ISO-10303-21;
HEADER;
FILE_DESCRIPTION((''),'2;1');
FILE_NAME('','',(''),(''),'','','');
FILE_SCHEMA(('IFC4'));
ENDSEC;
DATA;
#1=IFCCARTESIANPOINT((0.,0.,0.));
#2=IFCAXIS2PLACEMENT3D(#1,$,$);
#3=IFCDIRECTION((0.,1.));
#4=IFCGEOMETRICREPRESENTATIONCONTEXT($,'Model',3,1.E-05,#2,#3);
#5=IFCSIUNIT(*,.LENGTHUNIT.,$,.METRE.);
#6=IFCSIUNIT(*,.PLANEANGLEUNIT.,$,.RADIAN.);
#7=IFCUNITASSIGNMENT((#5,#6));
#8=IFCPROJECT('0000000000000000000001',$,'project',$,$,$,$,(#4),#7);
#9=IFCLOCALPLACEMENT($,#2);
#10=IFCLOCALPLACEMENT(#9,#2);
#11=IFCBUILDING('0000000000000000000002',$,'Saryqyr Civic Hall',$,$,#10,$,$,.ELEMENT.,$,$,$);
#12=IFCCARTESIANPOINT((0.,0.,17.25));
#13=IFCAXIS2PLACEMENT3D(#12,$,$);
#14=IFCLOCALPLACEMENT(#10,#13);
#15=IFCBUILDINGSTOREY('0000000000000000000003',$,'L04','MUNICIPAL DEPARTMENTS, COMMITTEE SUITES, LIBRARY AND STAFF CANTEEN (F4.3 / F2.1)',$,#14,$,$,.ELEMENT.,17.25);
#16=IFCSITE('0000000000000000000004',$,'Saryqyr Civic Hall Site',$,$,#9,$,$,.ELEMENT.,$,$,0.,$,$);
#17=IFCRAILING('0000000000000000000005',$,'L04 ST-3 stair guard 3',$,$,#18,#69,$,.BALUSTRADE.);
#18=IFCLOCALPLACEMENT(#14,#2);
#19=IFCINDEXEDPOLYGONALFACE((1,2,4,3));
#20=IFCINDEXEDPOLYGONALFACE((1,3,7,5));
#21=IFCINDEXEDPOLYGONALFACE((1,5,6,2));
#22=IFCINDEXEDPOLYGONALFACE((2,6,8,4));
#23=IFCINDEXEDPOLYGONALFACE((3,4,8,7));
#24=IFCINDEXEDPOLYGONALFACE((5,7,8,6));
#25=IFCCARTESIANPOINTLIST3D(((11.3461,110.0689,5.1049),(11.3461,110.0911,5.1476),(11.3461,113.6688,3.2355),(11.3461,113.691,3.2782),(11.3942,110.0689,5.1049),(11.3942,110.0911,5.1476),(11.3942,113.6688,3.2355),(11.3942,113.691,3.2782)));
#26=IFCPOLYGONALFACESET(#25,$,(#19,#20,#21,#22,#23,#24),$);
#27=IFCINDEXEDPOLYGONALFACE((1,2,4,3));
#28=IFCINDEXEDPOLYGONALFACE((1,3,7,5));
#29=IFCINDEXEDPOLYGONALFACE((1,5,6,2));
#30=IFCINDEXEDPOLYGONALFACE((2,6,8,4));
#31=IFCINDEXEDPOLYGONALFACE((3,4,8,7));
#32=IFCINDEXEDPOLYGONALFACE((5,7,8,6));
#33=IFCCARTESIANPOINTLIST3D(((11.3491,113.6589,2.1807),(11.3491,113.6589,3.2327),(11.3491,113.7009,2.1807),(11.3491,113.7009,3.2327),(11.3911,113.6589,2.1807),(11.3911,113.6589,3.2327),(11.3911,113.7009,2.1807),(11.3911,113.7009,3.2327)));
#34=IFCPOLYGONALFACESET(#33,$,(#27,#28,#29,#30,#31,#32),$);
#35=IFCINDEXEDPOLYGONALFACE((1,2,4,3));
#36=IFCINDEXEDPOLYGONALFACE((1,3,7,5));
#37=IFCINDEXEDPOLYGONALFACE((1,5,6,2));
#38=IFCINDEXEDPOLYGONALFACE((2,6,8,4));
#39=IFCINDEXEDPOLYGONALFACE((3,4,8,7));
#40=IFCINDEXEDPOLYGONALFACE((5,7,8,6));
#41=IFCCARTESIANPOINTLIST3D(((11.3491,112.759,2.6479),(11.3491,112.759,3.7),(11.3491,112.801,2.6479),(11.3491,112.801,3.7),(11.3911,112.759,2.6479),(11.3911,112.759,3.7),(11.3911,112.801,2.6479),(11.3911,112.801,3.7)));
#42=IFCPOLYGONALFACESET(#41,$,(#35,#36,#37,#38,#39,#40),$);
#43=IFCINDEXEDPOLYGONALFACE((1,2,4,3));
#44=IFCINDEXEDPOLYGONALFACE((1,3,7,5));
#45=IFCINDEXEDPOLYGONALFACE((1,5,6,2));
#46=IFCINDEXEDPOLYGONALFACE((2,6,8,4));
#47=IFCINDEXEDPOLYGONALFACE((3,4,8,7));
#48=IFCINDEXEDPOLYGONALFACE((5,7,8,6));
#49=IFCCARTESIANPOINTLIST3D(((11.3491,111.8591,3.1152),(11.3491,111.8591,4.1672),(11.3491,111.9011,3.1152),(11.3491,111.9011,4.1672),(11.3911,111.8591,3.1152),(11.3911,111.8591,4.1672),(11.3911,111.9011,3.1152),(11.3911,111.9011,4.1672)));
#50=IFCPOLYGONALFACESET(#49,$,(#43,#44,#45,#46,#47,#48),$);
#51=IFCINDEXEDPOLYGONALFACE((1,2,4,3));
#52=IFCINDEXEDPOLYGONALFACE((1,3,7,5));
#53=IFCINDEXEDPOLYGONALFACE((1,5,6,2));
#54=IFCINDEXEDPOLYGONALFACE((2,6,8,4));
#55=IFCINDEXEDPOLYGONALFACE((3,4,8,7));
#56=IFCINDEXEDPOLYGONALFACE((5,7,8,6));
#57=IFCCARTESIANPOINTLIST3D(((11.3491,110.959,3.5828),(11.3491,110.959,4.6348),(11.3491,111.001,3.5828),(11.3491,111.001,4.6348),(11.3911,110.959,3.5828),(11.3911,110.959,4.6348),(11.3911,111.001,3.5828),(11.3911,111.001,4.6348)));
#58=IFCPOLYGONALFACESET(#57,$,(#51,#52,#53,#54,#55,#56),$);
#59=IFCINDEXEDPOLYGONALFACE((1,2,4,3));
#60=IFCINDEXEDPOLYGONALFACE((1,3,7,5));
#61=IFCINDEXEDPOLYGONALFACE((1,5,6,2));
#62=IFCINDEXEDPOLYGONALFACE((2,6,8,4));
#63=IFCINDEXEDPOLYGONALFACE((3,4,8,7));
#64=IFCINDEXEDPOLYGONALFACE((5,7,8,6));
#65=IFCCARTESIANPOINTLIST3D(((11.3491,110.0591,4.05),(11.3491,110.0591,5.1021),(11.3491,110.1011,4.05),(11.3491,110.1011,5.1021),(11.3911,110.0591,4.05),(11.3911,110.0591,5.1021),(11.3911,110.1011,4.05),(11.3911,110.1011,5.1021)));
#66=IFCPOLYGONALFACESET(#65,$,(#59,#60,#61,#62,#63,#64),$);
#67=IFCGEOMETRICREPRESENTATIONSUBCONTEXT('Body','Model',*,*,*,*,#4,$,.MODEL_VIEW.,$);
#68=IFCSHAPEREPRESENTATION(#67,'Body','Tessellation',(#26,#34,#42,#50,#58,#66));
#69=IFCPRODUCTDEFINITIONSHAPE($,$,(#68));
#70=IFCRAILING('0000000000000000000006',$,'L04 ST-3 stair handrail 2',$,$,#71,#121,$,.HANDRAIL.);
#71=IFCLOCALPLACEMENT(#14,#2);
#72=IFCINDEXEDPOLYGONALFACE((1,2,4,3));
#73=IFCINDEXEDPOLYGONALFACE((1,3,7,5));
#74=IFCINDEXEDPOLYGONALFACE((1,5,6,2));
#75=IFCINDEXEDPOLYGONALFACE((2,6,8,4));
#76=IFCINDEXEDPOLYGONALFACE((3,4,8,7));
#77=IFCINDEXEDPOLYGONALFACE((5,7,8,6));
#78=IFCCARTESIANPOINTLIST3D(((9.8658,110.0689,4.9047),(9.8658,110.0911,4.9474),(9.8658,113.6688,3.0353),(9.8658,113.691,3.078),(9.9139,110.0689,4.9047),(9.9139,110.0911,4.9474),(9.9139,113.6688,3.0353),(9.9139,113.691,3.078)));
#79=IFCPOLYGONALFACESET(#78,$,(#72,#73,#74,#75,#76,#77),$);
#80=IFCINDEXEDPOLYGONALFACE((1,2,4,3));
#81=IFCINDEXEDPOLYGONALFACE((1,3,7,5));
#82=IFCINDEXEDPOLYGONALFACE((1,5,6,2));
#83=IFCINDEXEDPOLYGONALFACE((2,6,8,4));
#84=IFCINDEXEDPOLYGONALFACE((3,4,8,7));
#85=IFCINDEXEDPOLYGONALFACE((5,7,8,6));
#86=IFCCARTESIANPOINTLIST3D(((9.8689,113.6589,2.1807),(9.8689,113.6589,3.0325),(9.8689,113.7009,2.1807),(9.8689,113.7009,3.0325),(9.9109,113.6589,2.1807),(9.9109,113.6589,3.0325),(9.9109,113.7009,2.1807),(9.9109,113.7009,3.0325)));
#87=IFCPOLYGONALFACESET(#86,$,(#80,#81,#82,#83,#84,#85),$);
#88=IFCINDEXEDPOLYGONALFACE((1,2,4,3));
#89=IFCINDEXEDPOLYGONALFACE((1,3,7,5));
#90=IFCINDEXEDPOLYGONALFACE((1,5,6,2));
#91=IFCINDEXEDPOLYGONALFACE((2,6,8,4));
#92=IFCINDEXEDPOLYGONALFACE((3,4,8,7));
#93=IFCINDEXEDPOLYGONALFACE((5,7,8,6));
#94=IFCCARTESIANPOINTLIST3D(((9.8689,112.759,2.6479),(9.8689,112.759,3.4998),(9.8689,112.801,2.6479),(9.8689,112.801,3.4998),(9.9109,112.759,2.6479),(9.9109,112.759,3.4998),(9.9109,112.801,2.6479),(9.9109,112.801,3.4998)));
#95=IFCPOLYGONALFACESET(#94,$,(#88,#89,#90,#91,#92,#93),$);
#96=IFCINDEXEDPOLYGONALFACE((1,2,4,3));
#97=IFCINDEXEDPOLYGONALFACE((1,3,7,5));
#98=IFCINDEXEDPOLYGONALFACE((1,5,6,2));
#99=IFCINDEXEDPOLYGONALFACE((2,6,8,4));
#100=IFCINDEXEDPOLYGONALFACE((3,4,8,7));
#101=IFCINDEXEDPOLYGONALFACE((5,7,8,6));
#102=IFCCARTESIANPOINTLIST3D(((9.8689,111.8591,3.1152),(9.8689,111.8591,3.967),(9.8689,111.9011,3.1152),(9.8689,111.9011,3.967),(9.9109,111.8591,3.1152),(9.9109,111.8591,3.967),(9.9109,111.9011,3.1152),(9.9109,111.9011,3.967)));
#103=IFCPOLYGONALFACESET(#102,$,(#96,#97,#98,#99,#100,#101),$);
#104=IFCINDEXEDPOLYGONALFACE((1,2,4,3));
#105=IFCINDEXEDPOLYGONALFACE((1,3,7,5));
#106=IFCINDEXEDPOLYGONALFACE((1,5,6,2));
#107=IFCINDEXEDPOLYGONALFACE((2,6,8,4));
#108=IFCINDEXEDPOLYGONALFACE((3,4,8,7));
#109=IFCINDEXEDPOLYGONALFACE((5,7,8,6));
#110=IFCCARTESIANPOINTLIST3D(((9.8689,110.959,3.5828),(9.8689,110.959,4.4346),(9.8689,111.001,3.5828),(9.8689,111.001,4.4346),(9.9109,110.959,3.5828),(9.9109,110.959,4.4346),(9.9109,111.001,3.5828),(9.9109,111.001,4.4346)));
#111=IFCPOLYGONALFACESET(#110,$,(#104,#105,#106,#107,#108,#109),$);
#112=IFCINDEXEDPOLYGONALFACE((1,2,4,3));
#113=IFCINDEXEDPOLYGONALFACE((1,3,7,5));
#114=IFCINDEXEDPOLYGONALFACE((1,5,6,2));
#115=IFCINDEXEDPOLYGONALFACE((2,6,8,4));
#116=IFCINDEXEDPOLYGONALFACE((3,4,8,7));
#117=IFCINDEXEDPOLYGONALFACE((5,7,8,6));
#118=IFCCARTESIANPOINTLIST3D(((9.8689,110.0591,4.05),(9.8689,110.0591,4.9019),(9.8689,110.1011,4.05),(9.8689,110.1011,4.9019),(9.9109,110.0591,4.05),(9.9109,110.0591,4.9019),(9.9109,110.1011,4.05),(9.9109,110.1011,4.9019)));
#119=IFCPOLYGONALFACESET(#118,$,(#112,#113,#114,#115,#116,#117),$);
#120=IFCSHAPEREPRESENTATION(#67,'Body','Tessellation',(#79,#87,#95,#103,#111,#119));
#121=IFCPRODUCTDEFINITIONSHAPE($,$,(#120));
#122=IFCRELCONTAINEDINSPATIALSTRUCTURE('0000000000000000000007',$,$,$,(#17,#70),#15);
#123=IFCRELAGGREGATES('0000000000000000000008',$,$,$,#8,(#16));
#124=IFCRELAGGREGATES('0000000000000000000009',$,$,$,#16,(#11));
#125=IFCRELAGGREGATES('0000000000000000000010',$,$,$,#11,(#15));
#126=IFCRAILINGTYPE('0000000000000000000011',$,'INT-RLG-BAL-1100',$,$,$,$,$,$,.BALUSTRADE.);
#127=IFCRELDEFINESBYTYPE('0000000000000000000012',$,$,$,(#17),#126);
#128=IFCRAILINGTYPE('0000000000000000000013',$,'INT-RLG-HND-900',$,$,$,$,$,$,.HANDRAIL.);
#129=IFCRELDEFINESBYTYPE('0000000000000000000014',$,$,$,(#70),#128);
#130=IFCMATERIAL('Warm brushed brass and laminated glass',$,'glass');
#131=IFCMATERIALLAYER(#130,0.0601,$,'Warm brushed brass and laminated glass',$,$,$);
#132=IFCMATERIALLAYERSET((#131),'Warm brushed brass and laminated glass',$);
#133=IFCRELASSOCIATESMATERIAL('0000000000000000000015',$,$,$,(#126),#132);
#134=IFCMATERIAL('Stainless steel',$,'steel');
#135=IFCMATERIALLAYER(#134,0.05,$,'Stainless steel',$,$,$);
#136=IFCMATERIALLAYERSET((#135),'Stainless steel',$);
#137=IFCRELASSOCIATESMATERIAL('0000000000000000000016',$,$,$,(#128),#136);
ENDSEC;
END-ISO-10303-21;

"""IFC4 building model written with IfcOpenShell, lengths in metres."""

from ifc_helpers import new_model, si_unit, direction, frame, origin, origin_2d, place, context, subcontext, project, spatial, rectangle, extrude, material, layer, layer_set, type_object, element, save


model = new_model("IFC4")

# Units and contexts
model_context = context("Model", 3, precision=1e-05, world=origin(), true_north=direction((0.0, 1.0)))
body_context = subcontext(model_context, "Body", "Model", "MODEL_VIEW")
ifc_project = project(units=[si_unit("LENGTHUNIT", "METRE"), si_unit("PLANEANGLEUNIT", "RADIAN")], contexts=[model_context])

# Site, building, storey
site_placement = place(None, origin())
site = spatial("IfcSite", under=ifc_project, at=site_placement, Name="Saryqyr Civic Hall Site", CompositionType="ELEMENT", RefElevation=0.0)
building_placement = place(site_placement, origin())
building = spatial("IfcBuilding", under=site, at=building_placement, Name="Saryqyr Civic Hall", CompositionType="ELEMENT")
storey_placement = place(building_placement, frame((0.0, 0.0, 17.25)))
storey = spatial("IfcBuildingStorey", under=building, at=storey_placement, Name="L04", Description="MUNICIPAL DEPARTMENTS, COMMITTEE SUITES, LIBRARY AND STAFF CANTEEN (F4.3 / F2.1)", CompositionType="ELEMENT", Elevation=17.25)

# Railings
ifc_material_1 = material(Name="Warm brushed brass and laminated glass", Category="glass")
ifc_layer_1 = layer(ifc_material_1, 0.0601, Name="Warm brushed brass and laminated glass")
ifc_layer_set_1 = layer_set([ifc_layer_1], Name="Warm brushed brass and laminated glass")
railing_type_1 = type_object("IfcRailingType", Name="INT-RLG-BAL-1100", PredefinedType="BALUSTRADE", material=ifc_layer_set_1)
railing_1_placement = place(storey_placement, frame((11.3701, 113.6799, 2.1807)))
element("IfcRailing", 1, at=railing_1_placement, inside=storey, type_object=railing_type_1, Name="L04 ST-3 stair guard 3", PredefinedType="BALUSTRADE", context=body_context, shape_type="SweptSolid", body=[
    extrude(rectangle(XDim=0.0481, YDim=0.0481, at=origin_2d()), frame((0.0, 0.0, 1.0762), z_axis=(0.0, -0.887473, 0.46086), x_axis=(1.0, 0.0, 0.0)), (0.0, 0.0, 1.0), 4.0564),
    extrude(rectangle(XDim=0.042, YDim=0.042, at=origin_2d()), origin(), (0.0, 0.0, 1.0), 1.052),
    extrude(rectangle(XDim=0.042, YDim=0.042, at=origin_2d()), frame((0.0, -0.8999, 0.4673)), (0.0, 0.0, 1.0), 1.052),
    extrude(rectangle(XDim=0.042, YDim=0.042, at=origin_2d()), frame((0.0, -1.7998, 0.9346)), (0.0, 0.0, 1.0), 1.052),
    extrude(rectangle(XDim=0.042, YDim=0.042, at=origin_2d()), frame((0.0, -2.7, 1.4021)), (0.0, 0.0, 1.0), 1.052),
    extrude(rectangle(XDim=0.042, YDim=0.042, at=origin_2d()), frame((0.0, -3.5999, 1.8694)), (0.0, 0.0, 1.0), 1.052),
])
ifc_material_2 = material(Name="Stainless steel", Category="steel")
ifc_layer_2 = layer(ifc_material_2, 0.05, Name="Stainless steel")
ifc_layer_set_2 = layer_set([ifc_layer_2], Name="Stainless steel")
railing_type_2 = type_object("IfcRailingType", Name="INT-RLG-HND-900", PredefinedType="HANDRAIL", material=ifc_layer_set_2)
railing_2_placement = place(storey_placement, frame((9.8899, 113.6799, 2.1807)))
element("IfcRailing", 2, at=railing_2_placement, inside=storey, type_object=railing_type_2, Name="L04 ST-3 stair handrail 2", PredefinedType="HANDRAIL", context=body_context, shape_type="SweptSolid", body=[
    extrude(rectangle(XDim=0.0481, YDim=0.0481, at=origin_2d()), frame((0.0, 0.0, 0.876), z_axis=(0.0, -0.887473, 0.46086), x_axis=(1.0, 0.0, 0.0)), (0.0, 0.0, 1.0), 4.0564),
    extrude(rectangle(XDim=0.042, YDim=0.042, at=origin_2d()), origin(), (0.0, 0.0, 1.0), 0.8518),
    extrude(rectangle(XDim=0.042, YDim=0.042, at=origin_2d()), frame((0.0, -0.8999, 0.4673)), (0.0, 0.0, 1.0), 0.8518),
    extrude(rectangle(XDim=0.042, YDim=0.042, at=origin_2d()), frame((0.0, -1.7998, 0.9346)), (0.0, 0.0, 1.0), 0.8518),
    extrude(rectangle(XDim=0.042, YDim=0.042, at=origin_2d()), frame((0.0, -2.7, 1.4021)), (0.0, 0.0, 1.0), 0.8518),
    extrude(rectangle(XDim=0.042, YDim=0.042, at=origin_2d()), frame((0.0, -3.5999, 1.8694)), (0.0, 0.0, 1.0), 0.8518),
])

save(model, "model.ifc")
